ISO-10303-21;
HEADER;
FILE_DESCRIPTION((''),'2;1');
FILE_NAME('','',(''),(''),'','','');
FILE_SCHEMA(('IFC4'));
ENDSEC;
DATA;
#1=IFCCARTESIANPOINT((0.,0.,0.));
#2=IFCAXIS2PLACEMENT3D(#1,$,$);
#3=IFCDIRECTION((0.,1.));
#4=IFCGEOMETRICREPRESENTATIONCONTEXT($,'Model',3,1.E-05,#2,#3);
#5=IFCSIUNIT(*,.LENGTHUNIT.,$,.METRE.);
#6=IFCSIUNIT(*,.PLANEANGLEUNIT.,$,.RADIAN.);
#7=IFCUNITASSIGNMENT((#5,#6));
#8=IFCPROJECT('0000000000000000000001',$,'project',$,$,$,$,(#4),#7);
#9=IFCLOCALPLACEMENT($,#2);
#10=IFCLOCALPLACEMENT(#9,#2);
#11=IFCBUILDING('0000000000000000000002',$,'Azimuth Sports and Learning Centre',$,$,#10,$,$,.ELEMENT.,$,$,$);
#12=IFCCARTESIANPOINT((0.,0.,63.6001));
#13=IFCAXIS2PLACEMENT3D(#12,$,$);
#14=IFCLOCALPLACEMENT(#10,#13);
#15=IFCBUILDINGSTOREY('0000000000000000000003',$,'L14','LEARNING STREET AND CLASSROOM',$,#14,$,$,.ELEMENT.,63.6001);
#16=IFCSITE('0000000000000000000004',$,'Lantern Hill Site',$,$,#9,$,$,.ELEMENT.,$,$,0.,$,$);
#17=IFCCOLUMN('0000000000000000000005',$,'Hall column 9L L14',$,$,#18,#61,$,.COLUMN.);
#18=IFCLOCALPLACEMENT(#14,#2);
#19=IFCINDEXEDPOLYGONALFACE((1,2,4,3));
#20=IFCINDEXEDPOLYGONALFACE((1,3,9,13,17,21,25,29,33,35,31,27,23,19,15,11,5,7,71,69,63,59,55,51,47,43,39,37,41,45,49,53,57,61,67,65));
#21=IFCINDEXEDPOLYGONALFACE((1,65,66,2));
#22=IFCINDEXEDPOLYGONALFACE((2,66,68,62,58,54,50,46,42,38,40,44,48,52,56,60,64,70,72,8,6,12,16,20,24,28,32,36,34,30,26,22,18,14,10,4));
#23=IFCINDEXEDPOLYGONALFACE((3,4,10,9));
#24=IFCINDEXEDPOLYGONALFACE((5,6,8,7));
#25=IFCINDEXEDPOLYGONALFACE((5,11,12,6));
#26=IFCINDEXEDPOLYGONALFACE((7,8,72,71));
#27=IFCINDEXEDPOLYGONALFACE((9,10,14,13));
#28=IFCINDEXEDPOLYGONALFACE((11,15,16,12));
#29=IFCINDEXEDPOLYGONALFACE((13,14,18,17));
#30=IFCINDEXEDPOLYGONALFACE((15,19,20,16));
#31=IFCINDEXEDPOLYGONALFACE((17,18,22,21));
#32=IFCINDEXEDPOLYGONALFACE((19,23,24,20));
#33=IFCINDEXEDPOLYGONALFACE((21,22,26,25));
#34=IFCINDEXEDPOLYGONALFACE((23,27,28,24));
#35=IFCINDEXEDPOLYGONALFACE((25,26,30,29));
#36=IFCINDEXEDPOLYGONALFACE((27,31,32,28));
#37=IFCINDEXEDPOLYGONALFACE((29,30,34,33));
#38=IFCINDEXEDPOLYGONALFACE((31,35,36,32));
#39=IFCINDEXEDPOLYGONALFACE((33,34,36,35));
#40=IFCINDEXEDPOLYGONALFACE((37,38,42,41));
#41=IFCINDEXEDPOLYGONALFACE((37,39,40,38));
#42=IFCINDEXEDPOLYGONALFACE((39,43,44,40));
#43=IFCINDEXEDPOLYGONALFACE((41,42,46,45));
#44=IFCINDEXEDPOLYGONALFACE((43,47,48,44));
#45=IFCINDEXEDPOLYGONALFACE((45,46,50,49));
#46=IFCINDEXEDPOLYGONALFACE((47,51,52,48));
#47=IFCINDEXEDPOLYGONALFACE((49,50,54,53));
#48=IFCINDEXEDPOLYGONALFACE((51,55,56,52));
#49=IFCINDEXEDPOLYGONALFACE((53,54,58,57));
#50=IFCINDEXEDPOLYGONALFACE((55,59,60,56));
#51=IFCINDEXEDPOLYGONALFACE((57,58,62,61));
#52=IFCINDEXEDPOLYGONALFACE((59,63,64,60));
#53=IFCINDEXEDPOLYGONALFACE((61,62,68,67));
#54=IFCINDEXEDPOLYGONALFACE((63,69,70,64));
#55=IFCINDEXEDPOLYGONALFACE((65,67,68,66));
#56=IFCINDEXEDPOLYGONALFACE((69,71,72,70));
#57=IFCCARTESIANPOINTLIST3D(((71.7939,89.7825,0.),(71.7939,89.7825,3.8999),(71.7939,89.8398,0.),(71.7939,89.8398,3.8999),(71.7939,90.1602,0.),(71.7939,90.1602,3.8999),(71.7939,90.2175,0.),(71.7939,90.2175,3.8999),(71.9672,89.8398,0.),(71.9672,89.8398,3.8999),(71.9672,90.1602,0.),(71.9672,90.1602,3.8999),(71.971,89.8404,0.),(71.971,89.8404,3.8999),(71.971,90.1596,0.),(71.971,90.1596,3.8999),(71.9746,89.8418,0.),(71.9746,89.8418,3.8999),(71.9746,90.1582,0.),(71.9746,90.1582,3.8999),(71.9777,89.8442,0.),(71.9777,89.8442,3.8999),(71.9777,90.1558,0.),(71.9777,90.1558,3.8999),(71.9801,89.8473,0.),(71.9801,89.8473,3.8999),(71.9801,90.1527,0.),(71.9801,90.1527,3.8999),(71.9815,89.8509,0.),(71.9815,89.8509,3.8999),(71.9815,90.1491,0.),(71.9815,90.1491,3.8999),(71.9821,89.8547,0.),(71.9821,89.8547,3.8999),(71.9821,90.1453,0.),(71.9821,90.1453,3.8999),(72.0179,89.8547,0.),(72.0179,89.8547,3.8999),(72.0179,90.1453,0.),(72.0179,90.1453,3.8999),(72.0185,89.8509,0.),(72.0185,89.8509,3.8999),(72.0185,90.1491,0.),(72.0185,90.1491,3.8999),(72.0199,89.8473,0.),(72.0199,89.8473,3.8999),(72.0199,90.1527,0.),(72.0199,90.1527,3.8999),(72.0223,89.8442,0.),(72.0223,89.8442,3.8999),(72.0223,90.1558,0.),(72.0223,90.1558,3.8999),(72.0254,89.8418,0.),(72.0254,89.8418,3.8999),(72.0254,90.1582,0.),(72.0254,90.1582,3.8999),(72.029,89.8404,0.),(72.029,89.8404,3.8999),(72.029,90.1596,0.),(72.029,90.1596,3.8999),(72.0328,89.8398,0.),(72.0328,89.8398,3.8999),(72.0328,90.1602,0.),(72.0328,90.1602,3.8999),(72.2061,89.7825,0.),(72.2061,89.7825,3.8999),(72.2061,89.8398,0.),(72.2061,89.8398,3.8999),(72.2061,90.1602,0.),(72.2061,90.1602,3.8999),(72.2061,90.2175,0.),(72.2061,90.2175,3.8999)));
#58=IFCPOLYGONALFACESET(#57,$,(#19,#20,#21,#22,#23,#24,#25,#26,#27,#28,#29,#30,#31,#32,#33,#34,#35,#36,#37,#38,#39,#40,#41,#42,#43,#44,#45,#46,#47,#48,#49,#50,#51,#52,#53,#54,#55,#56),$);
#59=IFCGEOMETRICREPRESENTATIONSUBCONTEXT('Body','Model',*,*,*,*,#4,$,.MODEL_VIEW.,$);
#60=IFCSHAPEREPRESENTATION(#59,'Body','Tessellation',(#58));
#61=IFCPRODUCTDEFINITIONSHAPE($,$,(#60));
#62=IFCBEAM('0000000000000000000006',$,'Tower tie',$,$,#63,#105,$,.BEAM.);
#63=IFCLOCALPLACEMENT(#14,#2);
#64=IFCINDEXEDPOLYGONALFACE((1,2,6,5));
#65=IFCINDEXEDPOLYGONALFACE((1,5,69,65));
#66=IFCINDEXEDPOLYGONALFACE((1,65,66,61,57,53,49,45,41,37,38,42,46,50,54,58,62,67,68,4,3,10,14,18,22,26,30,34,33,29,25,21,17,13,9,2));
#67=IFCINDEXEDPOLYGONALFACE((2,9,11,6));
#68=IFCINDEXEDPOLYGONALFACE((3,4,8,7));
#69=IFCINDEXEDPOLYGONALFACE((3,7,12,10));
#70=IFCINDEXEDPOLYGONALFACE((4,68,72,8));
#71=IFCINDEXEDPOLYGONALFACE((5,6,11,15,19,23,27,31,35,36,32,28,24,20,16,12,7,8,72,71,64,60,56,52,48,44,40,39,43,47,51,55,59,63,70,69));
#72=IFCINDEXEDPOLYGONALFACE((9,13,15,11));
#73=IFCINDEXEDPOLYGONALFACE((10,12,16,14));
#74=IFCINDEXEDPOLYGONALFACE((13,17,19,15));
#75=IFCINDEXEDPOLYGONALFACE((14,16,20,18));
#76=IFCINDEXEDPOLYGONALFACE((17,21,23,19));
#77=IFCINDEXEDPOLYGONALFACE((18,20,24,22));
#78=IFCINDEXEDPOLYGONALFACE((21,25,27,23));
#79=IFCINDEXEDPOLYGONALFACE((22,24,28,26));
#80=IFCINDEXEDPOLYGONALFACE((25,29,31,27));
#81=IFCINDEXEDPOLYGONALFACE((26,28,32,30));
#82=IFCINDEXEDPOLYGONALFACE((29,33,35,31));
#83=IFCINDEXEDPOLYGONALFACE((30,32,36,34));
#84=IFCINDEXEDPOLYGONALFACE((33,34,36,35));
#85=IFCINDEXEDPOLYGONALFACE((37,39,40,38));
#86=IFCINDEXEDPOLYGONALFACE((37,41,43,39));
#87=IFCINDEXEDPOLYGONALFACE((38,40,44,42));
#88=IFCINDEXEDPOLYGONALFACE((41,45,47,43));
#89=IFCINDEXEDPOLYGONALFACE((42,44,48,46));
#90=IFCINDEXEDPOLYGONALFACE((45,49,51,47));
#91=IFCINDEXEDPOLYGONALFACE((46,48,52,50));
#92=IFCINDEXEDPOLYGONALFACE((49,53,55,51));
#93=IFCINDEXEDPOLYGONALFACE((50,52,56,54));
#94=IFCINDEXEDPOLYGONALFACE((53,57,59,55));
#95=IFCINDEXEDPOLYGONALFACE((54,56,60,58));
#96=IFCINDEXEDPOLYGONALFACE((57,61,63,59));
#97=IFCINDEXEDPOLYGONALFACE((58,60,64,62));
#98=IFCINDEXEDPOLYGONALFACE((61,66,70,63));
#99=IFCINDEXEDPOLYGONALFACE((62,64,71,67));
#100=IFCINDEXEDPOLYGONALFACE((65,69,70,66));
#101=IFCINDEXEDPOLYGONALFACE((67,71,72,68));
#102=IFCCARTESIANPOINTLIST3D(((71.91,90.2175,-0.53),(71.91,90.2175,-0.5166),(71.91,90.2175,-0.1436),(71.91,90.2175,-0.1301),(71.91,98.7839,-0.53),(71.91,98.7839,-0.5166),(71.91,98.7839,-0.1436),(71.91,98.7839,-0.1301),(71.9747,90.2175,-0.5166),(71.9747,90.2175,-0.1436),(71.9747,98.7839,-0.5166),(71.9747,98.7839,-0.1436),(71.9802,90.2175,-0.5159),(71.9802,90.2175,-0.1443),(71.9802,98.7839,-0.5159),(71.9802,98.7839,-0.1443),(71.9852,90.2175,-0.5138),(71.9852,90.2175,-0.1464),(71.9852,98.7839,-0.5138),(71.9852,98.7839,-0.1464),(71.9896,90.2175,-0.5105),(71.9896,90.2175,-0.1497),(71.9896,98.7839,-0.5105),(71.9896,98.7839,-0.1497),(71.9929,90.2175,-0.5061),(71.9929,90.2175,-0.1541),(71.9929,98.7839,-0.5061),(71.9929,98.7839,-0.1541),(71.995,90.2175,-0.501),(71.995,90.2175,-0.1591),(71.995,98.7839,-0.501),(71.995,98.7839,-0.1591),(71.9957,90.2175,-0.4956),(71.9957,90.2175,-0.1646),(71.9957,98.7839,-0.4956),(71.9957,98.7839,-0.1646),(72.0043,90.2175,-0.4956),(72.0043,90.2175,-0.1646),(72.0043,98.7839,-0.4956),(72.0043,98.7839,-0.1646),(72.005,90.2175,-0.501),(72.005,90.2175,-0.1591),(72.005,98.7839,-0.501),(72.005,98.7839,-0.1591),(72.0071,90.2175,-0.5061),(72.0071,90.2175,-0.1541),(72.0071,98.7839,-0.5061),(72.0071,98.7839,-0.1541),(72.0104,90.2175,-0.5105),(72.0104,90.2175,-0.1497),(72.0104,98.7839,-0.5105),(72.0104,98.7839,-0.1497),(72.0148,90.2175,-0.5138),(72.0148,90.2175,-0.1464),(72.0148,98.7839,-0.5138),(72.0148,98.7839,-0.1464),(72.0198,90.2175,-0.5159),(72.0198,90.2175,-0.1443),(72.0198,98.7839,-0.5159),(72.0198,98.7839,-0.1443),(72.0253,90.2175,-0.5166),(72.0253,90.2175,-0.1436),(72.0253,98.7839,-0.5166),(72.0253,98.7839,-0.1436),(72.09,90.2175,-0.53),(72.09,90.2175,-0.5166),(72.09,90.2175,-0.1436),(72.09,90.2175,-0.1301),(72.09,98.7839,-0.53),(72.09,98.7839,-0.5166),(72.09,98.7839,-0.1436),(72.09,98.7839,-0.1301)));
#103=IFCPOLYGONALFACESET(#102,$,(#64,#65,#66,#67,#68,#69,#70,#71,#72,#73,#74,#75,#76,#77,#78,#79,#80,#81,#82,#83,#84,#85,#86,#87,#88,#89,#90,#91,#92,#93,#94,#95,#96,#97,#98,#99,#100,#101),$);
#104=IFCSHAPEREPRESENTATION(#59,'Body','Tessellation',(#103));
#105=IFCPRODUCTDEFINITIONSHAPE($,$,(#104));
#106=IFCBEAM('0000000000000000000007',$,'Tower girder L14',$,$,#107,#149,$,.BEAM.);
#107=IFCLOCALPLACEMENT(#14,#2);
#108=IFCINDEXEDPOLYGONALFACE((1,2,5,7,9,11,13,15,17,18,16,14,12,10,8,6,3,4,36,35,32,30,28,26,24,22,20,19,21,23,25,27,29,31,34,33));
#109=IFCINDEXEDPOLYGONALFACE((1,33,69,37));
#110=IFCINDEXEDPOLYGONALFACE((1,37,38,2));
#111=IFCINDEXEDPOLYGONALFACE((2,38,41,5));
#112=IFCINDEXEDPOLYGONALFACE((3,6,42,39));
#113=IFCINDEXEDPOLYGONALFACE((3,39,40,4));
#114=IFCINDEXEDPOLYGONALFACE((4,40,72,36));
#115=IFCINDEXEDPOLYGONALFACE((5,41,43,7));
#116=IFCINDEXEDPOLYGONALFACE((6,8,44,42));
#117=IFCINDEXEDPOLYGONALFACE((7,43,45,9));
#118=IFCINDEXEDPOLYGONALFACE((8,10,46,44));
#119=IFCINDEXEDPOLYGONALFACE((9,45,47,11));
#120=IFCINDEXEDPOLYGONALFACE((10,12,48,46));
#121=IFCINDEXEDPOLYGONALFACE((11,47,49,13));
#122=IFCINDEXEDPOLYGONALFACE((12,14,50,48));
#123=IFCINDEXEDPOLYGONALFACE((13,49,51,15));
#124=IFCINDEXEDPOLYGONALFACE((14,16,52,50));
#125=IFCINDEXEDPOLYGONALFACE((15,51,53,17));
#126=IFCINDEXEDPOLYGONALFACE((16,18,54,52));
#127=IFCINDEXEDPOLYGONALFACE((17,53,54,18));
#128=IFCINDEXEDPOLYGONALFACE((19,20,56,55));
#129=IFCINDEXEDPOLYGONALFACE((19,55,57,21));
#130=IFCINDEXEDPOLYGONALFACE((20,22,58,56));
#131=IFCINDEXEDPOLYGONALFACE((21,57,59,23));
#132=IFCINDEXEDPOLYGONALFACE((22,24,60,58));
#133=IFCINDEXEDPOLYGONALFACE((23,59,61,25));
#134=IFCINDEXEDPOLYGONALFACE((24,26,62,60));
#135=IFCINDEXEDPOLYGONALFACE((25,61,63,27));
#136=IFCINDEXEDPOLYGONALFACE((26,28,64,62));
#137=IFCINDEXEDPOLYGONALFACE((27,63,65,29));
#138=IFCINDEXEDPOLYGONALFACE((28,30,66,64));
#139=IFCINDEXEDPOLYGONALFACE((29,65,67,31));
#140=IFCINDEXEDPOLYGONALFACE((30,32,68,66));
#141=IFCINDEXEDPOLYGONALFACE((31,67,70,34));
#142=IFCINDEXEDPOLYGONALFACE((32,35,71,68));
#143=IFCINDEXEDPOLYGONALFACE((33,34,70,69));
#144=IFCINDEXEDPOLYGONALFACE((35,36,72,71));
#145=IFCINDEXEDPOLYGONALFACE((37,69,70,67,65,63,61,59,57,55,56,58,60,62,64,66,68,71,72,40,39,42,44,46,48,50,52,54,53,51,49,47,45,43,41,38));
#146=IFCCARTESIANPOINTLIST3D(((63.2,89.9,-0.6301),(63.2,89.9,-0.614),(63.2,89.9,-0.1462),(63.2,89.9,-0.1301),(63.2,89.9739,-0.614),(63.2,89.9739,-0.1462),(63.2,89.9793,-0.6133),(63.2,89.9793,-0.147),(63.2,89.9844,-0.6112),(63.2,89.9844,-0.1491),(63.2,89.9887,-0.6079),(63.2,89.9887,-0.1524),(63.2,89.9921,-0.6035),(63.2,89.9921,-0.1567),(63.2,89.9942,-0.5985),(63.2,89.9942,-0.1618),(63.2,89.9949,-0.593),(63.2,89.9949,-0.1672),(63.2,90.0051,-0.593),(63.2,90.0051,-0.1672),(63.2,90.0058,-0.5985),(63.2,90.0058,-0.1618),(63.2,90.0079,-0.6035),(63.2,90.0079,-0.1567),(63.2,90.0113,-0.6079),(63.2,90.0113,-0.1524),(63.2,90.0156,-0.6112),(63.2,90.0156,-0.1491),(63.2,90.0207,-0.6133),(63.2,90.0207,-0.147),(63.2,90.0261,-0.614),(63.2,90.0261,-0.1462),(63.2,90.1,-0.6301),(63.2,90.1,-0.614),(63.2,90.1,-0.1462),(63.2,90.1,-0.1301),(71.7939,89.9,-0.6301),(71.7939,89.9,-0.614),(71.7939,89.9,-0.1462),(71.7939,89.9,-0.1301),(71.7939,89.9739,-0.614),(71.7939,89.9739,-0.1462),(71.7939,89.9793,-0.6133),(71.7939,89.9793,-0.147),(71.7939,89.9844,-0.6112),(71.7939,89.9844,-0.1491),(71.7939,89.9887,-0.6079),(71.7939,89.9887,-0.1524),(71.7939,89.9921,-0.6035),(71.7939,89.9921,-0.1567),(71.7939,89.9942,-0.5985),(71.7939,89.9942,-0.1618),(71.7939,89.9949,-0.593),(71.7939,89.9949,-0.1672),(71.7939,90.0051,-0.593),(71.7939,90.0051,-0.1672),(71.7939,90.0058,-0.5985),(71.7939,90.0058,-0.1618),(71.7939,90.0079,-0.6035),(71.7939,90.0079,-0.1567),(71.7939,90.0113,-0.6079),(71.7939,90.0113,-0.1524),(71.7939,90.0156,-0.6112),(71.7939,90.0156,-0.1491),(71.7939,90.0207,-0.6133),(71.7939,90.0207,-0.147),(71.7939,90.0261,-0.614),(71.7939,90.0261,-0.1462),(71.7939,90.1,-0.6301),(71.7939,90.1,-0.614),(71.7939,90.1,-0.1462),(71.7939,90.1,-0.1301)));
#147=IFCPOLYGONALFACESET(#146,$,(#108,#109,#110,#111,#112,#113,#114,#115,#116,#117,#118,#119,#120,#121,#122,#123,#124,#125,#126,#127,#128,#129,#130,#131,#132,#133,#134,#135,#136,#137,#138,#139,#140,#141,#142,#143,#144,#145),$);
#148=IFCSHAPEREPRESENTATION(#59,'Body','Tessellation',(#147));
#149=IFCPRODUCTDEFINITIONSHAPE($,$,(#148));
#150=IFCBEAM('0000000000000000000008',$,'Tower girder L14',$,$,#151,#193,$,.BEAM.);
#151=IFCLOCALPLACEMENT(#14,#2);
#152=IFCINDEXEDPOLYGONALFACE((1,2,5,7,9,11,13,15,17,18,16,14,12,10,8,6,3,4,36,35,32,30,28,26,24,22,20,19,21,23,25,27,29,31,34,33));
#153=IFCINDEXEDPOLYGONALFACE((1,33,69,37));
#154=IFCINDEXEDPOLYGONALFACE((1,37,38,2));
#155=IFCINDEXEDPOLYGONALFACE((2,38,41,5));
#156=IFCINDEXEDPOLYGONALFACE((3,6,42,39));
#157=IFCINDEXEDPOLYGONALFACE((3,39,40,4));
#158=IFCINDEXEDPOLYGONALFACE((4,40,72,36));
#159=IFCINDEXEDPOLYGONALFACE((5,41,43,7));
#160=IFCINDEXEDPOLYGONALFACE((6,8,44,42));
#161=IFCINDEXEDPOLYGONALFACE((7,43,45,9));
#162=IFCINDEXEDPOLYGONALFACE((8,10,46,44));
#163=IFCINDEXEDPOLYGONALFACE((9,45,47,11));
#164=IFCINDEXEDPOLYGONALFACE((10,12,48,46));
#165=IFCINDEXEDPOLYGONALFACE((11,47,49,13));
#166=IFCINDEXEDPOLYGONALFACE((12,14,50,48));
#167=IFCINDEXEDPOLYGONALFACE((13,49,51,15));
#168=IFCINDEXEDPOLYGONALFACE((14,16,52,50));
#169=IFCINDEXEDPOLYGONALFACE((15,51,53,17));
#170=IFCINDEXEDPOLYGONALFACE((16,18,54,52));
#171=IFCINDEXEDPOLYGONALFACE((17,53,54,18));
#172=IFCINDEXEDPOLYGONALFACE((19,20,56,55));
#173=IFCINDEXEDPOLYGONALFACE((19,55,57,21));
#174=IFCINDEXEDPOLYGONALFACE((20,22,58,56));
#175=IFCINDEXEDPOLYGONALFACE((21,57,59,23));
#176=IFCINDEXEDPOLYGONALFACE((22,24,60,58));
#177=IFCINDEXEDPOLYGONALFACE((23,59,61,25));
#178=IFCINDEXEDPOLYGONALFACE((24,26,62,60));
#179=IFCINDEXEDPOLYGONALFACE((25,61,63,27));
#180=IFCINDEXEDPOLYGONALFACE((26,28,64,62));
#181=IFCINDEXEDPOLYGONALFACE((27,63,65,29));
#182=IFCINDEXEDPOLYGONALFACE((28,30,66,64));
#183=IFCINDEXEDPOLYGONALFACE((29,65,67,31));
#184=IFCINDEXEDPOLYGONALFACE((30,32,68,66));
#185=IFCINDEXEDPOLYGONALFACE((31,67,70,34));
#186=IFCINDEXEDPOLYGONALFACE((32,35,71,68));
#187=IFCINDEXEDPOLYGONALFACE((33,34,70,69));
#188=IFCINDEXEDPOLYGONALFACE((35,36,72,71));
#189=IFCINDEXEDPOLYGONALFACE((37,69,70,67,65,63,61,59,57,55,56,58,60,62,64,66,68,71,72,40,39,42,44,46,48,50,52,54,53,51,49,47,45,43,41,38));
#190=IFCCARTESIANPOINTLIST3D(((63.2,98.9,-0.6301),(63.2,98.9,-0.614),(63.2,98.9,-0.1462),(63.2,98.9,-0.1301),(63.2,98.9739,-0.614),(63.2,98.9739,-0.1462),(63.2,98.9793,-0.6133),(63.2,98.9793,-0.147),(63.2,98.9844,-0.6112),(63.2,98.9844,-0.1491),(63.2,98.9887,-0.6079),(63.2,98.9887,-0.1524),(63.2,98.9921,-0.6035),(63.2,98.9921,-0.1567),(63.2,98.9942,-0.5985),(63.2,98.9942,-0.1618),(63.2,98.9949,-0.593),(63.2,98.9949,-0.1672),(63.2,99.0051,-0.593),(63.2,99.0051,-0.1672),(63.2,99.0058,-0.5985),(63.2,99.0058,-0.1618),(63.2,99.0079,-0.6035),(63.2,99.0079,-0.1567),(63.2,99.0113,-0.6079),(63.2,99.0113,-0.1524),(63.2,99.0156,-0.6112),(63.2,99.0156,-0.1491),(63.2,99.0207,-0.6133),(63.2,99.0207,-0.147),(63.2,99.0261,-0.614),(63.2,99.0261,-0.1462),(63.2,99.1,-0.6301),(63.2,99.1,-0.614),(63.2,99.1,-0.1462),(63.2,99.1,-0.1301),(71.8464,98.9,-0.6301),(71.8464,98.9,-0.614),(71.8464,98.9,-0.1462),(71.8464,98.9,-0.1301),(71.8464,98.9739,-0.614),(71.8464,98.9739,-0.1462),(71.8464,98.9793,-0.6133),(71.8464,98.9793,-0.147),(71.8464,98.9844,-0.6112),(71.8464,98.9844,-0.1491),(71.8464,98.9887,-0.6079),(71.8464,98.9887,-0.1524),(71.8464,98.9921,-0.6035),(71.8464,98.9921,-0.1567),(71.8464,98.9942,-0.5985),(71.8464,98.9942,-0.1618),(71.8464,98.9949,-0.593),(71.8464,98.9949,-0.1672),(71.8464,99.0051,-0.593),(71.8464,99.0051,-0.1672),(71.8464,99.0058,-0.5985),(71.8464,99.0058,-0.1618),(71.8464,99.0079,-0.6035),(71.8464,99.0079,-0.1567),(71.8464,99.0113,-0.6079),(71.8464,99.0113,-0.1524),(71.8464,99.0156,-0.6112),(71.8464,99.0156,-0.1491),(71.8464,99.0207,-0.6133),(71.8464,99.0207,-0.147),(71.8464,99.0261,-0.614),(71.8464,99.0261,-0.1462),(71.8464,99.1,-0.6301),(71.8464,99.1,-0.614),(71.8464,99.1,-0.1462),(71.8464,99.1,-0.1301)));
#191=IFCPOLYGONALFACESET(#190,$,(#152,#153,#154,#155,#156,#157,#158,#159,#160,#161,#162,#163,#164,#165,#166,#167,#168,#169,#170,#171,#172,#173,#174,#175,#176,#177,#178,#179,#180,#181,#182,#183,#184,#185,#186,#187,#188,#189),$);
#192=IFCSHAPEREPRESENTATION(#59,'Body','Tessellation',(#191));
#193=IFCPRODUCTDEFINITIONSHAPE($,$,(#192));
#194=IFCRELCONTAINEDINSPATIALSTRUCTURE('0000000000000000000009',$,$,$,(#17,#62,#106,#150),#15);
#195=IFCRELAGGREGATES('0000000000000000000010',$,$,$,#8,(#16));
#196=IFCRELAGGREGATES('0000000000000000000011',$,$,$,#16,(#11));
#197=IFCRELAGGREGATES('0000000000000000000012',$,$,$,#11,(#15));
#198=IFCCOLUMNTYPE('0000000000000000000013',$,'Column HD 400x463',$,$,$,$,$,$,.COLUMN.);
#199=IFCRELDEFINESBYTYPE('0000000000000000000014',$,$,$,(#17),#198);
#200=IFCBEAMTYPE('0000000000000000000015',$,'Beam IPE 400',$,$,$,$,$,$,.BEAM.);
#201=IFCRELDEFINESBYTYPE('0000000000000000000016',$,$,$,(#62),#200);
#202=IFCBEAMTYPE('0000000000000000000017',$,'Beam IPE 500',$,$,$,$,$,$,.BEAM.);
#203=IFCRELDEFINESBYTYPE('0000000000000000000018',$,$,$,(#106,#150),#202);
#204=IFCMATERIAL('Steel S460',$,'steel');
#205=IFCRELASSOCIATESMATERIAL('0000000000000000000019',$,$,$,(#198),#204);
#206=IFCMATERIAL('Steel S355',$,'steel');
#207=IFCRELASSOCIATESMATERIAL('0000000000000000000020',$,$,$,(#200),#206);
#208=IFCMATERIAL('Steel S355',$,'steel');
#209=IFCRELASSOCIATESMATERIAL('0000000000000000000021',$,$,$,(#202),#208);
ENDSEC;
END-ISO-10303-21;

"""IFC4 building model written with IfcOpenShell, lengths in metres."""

from ifc_helpers import new_model, si_unit, direction, frame, origin, origin_2d, place, context, subcontext, project, spatial, i_section, extrude, material, material_profile, profile_set, type_object, element, save


model = new_model("IFC4")

# Units and contexts
model_context = context("Model", 3, precision=1e-05, world=origin(), true_north=direction((0.0, 1.0)))
body_context = subcontext(model_context, "Body", "Model", "MODEL_VIEW")
ifc_project = project(units=[si_unit("LENGTHUNIT", "METRE"), si_unit("PLANEANGLEUNIT", "RADIAN")], contexts=[model_context])

# Site, building, storey
site_placement = place(None, origin())
site = spatial("IfcSite", under=ifc_project, at=site_placement, Name="Lantern Hill Site", CompositionType="ELEMENT", RefElevation=0.0)
building_placement = place(site_placement, origin())
building = spatial("IfcBuilding", under=site, at=building_placement, Name="Azimuth Sports and Learning Centre", CompositionType="ELEMENT")
storey_placement = place(building_placement, frame((0.0, 0.0, 63.6001)))
storey = spatial("IfcBuildingStorey", under=building, at=storey_placement, Name="L14", Description="LEARNING STREET AND CLASSROOM", CompositionType="ELEMENT", Elevation=63.6001)

# Column
ifc_material_1 = material(Name="Steel S460", Category="steel")
ifc_material_profile_1 = material_profile(ifc_material_1, i_section(OverallWidth=0.4121, OverallDepth=0.4351, WebThickness=0.0359, FlangeThickness=0.0574, FilletRadius=0.0149, at=origin_2d()), Name="HD 400x463")
ifc_profile_set_1 = profile_set([ifc_material_profile_1], Name="Steel S460")
column_type = type_object("IfcColumnType", Name="Column HD 400x463", PredefinedType="COLUMN", material=ifc_profile_set_1)
column_placement = place(storey_placement, frame((72.0, 90.0, 0.0), z_axis=(0.0, 0.0, 1.0), x_axis=(1.0, 0.0, 0.0)))
element("IfcColumn", 1, at=column_placement, inside=storey, type_object=column_type, Name="Hall column 9L L14", PredefinedType="COLUMN", context=body_context, shape_type="SweptSolid", body=[
    extrude(i_section(OverallWidth=0.4121, OverallDepth=0.4351, WebThickness=0.0359, FlangeThickness=0.0574, FilletRadius=0.0149, at=origin_2d()), origin(), (0.0, 0.0, 1.0), 3.8999),
])

# Beams
ifc_material_2 = material(Name="Steel S355", Category="steel")
ifc_material_profile_2 = material_profile(ifc_material_2, i_section(OverallWidth=0.1799, OverallDepth=0.3999, WebThickness=0.0085, FlangeThickness=0.0134, FilletRadius=0.021, at=origin_2d()), Name="IPE 400")
ifc_profile_set_2 = profile_set([ifc_material_profile_2], Name="Steel S355")
beam_type_1 = type_object("IfcBeamType", Name="Beam IPE 400", PredefinedType="BEAM", material=ifc_profile_set_2)
beam_1_placement = place(storey_placement, frame((72.0, 90.2175, -0.3301), z_axis=(0.0, 1.0, 0.0), x_axis=(-1.0, 0.0, 0.0)))
element("IfcBeam", 2, at=beam_1_placement, inside=storey, type_object=beam_type_1, Name="Tower tie", PredefinedType="BEAM", context=body_context, shape_type="SweptSolid", body=[
    extrude(i_section(OverallWidth=0.1799, OverallDepth=0.3999, WebThickness=0.0085, FlangeThickness=0.0134, FilletRadius=0.021, at=origin_2d()), origin(), (0.0, 0.0, 1.0), 8.5664),
])
ifc_material_3 = material(Name="Steel S355", Category="steel")
ifc_material_profile_3 = material_profile(ifc_material_3, i_section(OverallWidth=0.2, OverallDepth=0.5, WebThickness=0.0103, FlangeThickness=0.0161, FilletRadius=0.021, at=origin_2d()), Name="IPE 500")
ifc_profile_set_3 = profile_set([ifc_material_profile_3], Name="Steel S355")
beam_type_2 = type_object("IfcBeamType", Name="Beam IPE 500", PredefinedType="BEAM", material=ifc_profile_set_3)
beam_2_placement = place(storey_placement, frame((63.2, 90.0, -0.3801), z_axis=(1.0, 0.0, 0.0), x_axis=(0.0, 1.0, 0.0)))
element("IfcBeam", 3, at=beam_2_placement, inside=storey, type_object=beam_type_2, Name="Tower girder L14", PredefinedType="BEAM", context=body_context, shape_type="SweptSolid", body=[
    extrude(i_section(OverallWidth=0.2, OverallDepth=0.5, WebThickness=0.0103, FlangeThickness=0.0161, FilletRadius=0.021, at=origin_2d()), origin(), (0.0, 0.0, 1.0), 8.594),
])
beam_3_placement = place(storey_placement, frame((63.2, 99.0, -0.3801), z_axis=(1.0, 0.0, 0.0), x_axis=(0.0, 1.0, 0.0)))
element("IfcBeam", 4, at=beam_3_placement, inside=storey, type_object=beam_type_2, Name="Tower girder L14", PredefinedType="BEAM", context=body_context, shape_type="SweptSolid", body=[
    extrude(i_section(OverallWidth=0.2, OverallDepth=0.5, WebThickness=0.0103, FlangeThickness=0.0161, FilletRadius=0.021, at=origin_2d()), origin(), (0.0, 0.0, 1.0), 8.6465),
])

save(model, "model.ifc")
